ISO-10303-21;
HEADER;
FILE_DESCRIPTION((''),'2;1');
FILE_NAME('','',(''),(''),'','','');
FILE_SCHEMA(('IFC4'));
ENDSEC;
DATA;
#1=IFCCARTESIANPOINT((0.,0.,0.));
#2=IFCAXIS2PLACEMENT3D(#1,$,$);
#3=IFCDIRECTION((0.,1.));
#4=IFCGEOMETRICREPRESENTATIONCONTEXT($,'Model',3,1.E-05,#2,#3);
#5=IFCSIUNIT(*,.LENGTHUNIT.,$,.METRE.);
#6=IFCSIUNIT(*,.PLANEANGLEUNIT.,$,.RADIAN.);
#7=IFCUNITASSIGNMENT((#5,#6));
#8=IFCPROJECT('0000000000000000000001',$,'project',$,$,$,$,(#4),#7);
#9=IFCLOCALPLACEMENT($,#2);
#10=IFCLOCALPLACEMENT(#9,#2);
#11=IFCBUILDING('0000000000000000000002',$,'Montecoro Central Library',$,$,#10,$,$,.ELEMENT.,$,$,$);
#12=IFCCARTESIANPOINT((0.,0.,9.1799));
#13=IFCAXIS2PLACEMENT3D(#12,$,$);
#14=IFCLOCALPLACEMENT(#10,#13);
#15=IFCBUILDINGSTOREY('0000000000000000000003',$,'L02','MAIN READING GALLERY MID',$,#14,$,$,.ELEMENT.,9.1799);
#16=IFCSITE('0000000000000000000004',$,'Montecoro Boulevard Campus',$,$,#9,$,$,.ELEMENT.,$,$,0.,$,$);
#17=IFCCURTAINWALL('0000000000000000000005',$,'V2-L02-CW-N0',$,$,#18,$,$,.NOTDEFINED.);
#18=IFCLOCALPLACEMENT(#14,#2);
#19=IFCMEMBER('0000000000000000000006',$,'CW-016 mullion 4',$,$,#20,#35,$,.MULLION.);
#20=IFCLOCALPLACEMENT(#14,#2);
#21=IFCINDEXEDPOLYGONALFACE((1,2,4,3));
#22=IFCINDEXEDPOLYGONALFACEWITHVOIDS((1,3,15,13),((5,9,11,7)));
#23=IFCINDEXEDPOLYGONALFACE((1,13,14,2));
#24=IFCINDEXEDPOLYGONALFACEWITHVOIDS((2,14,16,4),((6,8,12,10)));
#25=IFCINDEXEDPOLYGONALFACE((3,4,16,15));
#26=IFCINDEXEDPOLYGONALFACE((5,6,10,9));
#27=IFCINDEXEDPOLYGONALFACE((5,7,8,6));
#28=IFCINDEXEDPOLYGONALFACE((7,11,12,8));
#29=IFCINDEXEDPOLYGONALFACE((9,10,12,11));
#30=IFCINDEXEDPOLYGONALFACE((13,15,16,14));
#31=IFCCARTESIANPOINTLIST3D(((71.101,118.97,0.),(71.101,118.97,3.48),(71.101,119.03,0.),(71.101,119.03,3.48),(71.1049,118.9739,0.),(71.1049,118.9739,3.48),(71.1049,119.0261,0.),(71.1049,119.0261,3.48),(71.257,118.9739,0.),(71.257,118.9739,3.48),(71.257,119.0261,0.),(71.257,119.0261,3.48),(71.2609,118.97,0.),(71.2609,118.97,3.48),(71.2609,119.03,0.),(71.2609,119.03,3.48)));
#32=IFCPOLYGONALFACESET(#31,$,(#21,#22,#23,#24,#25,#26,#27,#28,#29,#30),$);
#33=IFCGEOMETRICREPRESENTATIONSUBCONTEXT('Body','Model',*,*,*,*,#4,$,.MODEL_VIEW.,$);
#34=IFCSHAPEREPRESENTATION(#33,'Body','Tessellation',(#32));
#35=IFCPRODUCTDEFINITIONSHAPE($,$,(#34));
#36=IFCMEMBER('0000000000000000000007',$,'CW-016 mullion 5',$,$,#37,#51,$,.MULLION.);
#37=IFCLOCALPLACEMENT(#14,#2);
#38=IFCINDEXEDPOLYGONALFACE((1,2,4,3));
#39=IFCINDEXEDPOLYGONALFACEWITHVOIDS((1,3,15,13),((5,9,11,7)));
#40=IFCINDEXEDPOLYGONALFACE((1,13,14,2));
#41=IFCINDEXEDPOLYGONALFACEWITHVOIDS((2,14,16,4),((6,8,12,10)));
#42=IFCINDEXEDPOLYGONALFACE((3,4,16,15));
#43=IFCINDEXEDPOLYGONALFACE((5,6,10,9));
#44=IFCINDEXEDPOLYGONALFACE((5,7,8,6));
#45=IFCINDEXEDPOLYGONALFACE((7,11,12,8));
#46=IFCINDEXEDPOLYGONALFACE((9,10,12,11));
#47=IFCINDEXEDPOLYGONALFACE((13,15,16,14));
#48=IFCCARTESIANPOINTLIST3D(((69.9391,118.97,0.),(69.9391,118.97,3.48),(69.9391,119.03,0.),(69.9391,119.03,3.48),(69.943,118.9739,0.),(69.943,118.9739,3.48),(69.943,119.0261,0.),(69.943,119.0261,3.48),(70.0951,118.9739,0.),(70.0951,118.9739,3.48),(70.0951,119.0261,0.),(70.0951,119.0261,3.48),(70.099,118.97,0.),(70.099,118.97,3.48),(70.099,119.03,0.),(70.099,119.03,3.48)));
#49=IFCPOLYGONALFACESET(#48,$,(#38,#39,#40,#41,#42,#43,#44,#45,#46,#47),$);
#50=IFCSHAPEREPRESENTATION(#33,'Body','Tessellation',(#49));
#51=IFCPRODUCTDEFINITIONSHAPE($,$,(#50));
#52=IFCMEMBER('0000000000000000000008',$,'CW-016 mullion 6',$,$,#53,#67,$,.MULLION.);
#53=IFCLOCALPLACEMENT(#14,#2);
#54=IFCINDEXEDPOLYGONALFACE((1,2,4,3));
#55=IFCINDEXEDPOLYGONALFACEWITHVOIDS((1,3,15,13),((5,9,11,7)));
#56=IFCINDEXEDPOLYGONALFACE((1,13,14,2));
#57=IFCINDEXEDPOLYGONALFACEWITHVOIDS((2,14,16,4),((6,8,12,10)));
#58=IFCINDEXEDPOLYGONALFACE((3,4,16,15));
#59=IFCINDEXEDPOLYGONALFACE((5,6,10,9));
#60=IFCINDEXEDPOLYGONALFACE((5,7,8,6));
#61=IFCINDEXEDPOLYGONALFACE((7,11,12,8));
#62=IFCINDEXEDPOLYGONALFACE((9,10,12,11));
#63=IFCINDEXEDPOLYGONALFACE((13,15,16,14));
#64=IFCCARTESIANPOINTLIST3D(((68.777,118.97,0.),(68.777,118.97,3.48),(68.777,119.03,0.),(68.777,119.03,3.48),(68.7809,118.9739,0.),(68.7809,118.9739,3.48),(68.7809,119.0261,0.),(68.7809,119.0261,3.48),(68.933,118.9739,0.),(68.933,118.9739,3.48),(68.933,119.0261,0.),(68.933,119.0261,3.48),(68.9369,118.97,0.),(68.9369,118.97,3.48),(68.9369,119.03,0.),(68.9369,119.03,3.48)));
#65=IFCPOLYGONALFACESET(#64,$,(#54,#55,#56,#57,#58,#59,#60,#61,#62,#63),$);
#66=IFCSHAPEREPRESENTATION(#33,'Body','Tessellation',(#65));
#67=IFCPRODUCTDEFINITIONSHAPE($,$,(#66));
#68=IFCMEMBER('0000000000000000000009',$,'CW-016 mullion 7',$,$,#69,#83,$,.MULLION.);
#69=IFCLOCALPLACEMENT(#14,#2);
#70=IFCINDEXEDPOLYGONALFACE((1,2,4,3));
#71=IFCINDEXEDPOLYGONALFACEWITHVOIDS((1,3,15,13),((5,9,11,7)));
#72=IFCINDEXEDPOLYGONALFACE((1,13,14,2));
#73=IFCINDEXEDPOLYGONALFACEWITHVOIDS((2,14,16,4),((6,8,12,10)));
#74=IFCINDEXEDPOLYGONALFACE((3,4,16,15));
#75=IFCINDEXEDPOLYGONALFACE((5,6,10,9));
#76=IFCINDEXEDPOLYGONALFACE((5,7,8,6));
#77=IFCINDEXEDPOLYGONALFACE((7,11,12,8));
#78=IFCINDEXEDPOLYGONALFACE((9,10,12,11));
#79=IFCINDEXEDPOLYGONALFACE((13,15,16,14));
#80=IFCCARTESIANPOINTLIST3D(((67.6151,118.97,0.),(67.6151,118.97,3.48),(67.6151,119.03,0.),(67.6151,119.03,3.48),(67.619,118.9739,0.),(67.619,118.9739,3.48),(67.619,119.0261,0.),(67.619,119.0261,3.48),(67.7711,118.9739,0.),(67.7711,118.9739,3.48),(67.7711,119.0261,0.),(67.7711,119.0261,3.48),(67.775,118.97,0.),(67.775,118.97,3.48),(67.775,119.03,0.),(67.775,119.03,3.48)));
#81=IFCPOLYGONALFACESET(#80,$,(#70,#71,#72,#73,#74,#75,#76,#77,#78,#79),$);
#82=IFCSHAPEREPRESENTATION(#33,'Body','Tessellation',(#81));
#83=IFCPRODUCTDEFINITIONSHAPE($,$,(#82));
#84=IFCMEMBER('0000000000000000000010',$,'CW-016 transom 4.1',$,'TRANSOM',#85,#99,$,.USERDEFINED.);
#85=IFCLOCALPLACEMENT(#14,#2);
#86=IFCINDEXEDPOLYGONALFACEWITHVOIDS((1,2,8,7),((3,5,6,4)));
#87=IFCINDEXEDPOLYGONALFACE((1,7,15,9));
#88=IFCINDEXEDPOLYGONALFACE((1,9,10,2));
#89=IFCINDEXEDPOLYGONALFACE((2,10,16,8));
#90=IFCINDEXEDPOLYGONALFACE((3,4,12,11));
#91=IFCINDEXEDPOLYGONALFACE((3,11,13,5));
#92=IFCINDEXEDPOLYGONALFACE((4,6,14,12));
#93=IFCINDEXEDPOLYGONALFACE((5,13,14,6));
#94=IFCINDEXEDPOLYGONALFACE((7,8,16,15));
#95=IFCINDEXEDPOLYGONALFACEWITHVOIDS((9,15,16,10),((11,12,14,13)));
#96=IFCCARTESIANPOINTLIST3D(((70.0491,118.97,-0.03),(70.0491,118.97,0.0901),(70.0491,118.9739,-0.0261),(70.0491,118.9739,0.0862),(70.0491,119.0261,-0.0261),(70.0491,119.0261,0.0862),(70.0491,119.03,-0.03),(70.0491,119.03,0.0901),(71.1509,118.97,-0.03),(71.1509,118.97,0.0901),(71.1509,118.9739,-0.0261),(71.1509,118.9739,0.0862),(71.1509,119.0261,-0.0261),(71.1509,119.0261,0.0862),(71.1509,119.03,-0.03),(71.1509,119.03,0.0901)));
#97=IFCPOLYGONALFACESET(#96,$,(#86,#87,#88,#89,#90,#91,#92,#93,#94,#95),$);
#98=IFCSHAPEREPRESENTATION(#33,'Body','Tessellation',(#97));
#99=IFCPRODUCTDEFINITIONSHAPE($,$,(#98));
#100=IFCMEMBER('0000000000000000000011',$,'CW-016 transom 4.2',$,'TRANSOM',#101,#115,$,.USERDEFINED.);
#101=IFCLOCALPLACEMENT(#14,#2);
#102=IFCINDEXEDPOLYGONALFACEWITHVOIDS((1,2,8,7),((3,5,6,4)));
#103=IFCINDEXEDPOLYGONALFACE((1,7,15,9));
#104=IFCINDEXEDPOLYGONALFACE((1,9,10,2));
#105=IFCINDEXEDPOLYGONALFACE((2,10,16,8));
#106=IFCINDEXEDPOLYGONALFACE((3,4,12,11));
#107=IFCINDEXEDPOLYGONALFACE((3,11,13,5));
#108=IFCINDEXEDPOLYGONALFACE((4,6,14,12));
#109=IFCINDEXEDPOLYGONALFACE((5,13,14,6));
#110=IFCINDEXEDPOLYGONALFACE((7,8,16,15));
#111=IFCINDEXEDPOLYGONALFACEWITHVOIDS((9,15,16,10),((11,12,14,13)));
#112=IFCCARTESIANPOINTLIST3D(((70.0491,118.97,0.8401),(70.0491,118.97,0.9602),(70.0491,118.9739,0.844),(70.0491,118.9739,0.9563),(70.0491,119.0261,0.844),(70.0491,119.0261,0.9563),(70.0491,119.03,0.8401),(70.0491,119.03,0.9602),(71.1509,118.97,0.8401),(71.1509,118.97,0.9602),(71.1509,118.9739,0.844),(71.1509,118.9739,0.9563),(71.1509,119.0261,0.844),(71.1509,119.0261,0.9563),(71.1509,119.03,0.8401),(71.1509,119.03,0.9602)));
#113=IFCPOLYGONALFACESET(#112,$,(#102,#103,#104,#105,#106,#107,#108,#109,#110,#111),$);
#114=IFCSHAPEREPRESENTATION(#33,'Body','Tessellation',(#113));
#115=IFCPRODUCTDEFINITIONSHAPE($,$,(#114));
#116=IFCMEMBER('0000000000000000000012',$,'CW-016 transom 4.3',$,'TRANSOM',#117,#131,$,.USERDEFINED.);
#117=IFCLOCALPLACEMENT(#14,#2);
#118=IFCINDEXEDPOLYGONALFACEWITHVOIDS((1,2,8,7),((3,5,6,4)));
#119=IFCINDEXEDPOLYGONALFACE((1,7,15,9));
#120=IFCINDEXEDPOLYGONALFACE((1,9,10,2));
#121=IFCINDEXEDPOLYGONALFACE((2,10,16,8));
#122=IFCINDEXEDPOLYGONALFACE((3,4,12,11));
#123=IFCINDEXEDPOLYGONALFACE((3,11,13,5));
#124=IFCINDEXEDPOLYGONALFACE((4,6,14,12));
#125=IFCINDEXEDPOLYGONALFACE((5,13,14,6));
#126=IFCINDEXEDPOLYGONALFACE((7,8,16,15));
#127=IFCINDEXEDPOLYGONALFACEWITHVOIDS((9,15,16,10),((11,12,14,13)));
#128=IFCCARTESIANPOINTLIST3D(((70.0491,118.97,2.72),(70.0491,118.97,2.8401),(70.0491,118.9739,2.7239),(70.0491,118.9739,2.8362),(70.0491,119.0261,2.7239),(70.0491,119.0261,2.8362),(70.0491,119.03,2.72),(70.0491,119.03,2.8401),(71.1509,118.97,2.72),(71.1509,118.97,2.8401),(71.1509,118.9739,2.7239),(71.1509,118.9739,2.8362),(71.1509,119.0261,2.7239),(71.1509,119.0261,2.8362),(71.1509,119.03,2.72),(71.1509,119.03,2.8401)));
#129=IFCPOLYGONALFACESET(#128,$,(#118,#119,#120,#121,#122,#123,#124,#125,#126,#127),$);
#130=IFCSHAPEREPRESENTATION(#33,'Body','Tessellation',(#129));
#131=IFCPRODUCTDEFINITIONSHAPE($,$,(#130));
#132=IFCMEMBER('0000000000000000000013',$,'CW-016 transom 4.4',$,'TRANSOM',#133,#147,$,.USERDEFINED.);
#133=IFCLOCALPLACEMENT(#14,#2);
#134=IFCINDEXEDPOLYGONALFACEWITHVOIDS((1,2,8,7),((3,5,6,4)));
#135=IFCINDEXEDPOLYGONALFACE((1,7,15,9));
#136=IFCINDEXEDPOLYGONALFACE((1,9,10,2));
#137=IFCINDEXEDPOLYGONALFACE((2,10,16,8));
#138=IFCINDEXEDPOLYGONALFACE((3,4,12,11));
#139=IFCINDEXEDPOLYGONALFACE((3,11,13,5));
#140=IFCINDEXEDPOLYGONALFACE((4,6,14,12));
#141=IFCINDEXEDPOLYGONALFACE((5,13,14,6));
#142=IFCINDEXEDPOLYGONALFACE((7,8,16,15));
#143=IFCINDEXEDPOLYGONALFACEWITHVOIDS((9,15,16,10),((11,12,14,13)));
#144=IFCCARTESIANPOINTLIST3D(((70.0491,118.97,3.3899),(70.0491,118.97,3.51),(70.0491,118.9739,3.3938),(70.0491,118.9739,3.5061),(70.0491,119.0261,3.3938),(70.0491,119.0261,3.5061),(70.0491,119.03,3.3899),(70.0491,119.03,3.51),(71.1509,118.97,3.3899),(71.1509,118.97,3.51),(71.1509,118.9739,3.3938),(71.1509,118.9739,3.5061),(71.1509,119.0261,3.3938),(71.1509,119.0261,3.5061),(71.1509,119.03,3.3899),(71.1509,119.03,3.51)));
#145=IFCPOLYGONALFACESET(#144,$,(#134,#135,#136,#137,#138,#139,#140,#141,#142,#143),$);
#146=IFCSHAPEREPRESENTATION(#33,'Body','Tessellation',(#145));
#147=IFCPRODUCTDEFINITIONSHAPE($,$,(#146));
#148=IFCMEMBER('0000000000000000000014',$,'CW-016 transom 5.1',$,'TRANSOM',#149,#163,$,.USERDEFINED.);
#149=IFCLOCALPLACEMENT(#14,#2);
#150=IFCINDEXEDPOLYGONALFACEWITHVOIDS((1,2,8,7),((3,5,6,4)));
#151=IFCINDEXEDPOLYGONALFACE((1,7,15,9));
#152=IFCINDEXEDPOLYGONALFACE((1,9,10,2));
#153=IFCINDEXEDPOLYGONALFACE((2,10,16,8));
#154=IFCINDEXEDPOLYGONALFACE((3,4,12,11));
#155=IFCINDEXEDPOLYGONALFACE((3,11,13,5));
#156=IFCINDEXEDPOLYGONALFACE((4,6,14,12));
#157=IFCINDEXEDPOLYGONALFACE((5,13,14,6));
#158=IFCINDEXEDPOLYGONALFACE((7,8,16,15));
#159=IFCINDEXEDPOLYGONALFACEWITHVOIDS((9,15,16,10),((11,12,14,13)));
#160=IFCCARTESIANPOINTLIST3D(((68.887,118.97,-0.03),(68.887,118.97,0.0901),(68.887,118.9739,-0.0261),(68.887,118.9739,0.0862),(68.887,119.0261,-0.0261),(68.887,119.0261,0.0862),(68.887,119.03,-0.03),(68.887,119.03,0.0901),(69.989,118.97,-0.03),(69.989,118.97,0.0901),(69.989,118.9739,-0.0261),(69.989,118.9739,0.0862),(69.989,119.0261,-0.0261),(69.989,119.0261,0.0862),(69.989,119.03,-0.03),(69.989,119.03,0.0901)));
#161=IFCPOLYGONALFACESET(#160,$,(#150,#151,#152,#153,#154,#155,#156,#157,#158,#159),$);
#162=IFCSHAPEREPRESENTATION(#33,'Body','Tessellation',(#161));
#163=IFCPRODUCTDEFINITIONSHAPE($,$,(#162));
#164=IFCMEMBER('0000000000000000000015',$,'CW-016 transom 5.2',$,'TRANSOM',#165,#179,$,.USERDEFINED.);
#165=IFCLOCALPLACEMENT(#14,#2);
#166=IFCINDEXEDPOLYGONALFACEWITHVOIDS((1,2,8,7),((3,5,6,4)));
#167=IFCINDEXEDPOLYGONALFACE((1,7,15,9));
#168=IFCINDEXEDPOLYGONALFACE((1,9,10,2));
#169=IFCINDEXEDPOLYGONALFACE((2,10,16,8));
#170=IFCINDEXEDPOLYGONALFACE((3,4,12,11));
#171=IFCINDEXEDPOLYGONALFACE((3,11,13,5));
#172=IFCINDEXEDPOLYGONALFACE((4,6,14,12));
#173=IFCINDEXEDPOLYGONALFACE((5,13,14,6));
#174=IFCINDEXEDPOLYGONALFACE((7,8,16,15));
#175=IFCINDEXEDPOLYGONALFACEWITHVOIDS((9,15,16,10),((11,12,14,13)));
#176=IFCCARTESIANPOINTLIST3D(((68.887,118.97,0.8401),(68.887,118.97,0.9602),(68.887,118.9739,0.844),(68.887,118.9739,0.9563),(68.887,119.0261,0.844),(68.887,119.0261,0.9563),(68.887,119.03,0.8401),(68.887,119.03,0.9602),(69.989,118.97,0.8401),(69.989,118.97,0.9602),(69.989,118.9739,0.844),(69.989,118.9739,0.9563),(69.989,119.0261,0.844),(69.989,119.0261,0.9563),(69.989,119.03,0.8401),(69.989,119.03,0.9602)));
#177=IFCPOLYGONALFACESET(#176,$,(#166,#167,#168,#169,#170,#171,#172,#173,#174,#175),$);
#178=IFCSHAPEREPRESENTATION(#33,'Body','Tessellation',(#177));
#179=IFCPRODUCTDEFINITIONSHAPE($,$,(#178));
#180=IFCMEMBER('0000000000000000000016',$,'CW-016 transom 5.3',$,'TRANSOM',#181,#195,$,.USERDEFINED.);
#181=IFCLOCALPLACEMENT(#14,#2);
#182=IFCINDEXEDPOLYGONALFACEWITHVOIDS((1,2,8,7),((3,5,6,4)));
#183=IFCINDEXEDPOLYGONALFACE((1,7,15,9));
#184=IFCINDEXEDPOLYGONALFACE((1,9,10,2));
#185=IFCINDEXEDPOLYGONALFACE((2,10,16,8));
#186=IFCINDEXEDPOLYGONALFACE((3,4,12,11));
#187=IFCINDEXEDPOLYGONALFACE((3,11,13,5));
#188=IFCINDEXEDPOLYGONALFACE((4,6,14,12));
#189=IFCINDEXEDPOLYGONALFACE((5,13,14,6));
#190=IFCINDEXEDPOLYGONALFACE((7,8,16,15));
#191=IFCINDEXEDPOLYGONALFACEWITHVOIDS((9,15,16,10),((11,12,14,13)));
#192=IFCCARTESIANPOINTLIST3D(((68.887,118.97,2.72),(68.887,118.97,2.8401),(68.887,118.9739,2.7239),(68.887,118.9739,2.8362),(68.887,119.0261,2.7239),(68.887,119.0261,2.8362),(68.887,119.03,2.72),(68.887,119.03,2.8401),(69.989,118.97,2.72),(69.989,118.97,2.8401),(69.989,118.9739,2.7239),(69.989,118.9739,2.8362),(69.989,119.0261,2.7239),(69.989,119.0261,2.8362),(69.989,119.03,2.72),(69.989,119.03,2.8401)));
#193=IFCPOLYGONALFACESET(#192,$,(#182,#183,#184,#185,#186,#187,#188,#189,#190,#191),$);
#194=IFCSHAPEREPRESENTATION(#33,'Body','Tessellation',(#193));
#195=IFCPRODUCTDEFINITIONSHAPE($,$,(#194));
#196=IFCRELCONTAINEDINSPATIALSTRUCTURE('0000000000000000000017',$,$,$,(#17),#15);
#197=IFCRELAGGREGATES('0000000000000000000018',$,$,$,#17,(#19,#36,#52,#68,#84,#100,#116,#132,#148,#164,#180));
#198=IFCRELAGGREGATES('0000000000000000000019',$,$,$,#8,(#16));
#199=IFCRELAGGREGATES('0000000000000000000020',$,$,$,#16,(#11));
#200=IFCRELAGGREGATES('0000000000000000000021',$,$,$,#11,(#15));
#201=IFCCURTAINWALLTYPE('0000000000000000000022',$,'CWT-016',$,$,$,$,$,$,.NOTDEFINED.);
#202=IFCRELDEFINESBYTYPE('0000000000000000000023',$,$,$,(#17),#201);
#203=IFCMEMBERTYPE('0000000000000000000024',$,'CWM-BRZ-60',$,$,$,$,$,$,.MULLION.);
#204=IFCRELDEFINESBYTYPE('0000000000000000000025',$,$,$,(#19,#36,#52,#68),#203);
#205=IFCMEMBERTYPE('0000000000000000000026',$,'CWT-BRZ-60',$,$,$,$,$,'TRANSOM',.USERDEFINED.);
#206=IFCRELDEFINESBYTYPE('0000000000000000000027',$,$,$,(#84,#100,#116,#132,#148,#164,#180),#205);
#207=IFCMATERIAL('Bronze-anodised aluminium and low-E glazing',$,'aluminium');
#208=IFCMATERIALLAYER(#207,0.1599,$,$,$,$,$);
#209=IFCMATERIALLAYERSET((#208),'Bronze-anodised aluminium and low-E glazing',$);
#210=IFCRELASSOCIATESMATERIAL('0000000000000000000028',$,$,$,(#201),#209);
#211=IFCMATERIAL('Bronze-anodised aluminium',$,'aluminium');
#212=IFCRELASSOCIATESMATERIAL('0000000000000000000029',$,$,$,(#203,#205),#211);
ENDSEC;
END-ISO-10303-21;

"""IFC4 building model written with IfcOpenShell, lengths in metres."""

from ifc_helpers import new_model, si_unit, direction, frame, origin, origin_2d, place, context, subcontext, project, spatial, hollow_rectangle, extrude, material, layer, layer_set, material_profile, profile_set, type_object, element, aggregate, save


model = new_model("IFC4")

# Units and contexts
model_context = context("Model", 3, precision=1e-05, world=origin(), true_north=direction((0.0, 1.0)))
body_context = subcontext(model_context, "Body", "Model", "MODEL_VIEW")
ifc_project = project(units=[si_unit("LENGTHUNIT", "METRE"), si_unit("PLANEANGLEUNIT", "RADIAN")], contexts=[model_context])

# Site, building, storey
site_placement = place(None, origin())
site = spatial("IfcSite", under=ifc_project, at=site_placement, Name="Montecoro Boulevard Campus", CompositionType="ELEMENT", RefElevation=0.0)
building_placement = place(site_placement, origin())
building = spatial("IfcBuilding", under=site, at=building_placement, Name="Montecoro Central Library", CompositionType="ELEMENT")
storey_placement = place(building_placement, frame((0.0, 0.0, 9.1799)))
storey = spatial("IfcBuildingStorey", under=building, at=storey_placement, Name="L02", Description="MAIN READING GALLERY MID", CompositionType="ELEMENT", Elevation=9.1799)

# Curtain wall, members
ifc_material_1 = material(Name="Bronze-anodised aluminium and low-E glazing", Category="aluminium")
ifc_layer_1 = layer(ifc_material_1, 0.1599)
ifc_layer_set_1 = layer_set([ifc_layer_1], Name="Bronze-anodised aluminium and low-E glazing")
curtain_wall_type = type_object("IfcCurtainWallType", Name="CWT-016", PredefinedType="NOTDEFINED", material=ifc_layer_set_1)
curtain_wall_placement = place(storey_placement, origin())
curtain_wall = element("IfcCurtainWall", 1, at=curtain_wall_placement, inside=storey, type_object=curtain_wall_type, Name="V2-L02-CW-N0", PredefinedType="NOTDEFINED")
ifc_material_2 = material(Name="Bronze-anodised aluminium", Category="aluminium")
ifc_material_profile_1 = material_profile(ifc_material_2, hollow_rectangle(XDim=0.0601, YDim=0.1599, WallThickness=0.0039, at=origin_2d()), Name="CWM 160x60x4.0")
ifc_profile_set_1 = profile_set([ifc_material_profile_1], Name="Bronze-anodised aluminium")
member_type_1 = type_object("IfcMemberType", Name="CWM-BRZ-60", PredefinedType="MULLION", material=ifc_profile_set_1)
member_1_placement = place(storey_placement, frame((71.1809, 119.0, 0.0), z_axis=(0.0, 0.0, 1.0), x_axis=(0.0, -1.0, 0.0)))
member_1 = element("IfcMember", 2, at=member_1_placement, type_object=member_type_1, Name="CW-016 mullion 4", PredefinedType="MULLION", context=body_context, shape_type="SweptSolid", body=[
    extrude(hollow_rectangle(XDim=0.0601, YDim=0.1599, WallThickness=0.0039, at=origin_2d()), origin(), (0.0, 0.0, 1.0), 3.48),
])
member_2_placement = place(storey_placement, frame((70.019, 119.0, 0.0), z_axis=(0.0, 0.0, 1.0), x_axis=(0.0, -1.0, 0.0)))
member_2 = element("IfcMember", 3, at=member_2_placement, type_object=member_type_1, Name="CW-016 mullion 5", PredefinedType="MULLION", context=body_context, shape_type="SweptSolid", body=[
    extrude(hollow_rectangle(XDim=0.0601, YDim=0.1599, WallThickness=0.0039, at=origin_2d()), origin(), (0.0, 0.0, 1.0), 3.48),
])
member_3_placement = place(storey_placement, frame((68.8569, 119.0, 0.0), z_axis=(0.0, 0.0, 1.0), x_axis=(0.0, -1.0, 0.0)))
member_3 = element("IfcMember", 4, at=member_3_placement, type_object=member_type_1, Name="CW-016 mullion 6", PredefinedType="MULLION", context=body_context, shape_type="SweptSolid", body=[
    extrude(hollow_rectangle(XDim=0.0601, YDim=0.1599, WallThickness=0.0039, at=origin_2d()), origin(), (0.0, 0.0, 1.0), 3.48),
])
member_4_placement = place(storey_placement, frame((67.6951, 119.0, 0.0), z_axis=(0.0, 0.0, 1.0), x_axis=(0.0, -1.0, 0.0)))
member_4 = element("IfcMember", 5, at=member_4_placement, type_object=member_type_1, Name="CW-016 mullion 7", PredefinedType="MULLION", context=body_context, shape_type="SweptSolid", body=[
    extrude(hollow_rectangle(XDim=0.0601, YDim=0.1599, WallThickness=0.0039, at=origin_2d()), origin(), (0.0, 0.0, 1.0), 3.48),
])
ifc_material_profile_2 = material_profile(ifc_material_2, hollow_rectangle(XDim=0.0601, YDim=0.1201, WallThickness=0.0039, at=origin_2d()), Name="CWT 120x60x4.0")
ifc_profile_set_2 = profile_set([ifc_material_profile_2], Name="Bronze-anodised aluminium")
member_type_2 = type_object("IfcMemberType", Name="CWT-BRZ-60", ElementType="TRANSOM", PredefinedType="USERDEFINED", material=ifc_profile_set_2)
member_5_placement = place(storey_placement, frame((71.1509, 119.0, 0.03), z_axis=(-1.0, 0.0, 0.0), x_axis=(0.0, -1.0, 0.0)))
member_5 = element("IfcMember", 6, at=member_5_placement, type_object=member_type_2, Name="CW-016 transom 4.1", ObjectType="TRANSOM", PredefinedType="USERDEFINED", context=body_context, shape_type="SweptSolid", body=[
    extrude(hollow_rectangle(XDim=0.0601, YDim=0.1201, WallThickness=0.0039, at=origin_2d()), origin(), (0.0, 0.0, 1.0), 1.1018),
])
member_6_placement = place(storey_placement, frame((71.1509, 119.0, 0.9001), z_axis=(-1.0, 0.0, 0.0), x_axis=(0.0, -1.0, 0.0)))
member_6 = element("IfcMember", 7, at=member_6_placement, type_object=member_type_2, Name="CW-016 transom 4.2", ObjectType="TRANSOM", PredefinedType="USERDEFINED", context=body_context, shape_type="SweptSolid", body=[
    extrude(hollow_rectangle(XDim=0.0601, YDim=0.1201, WallThickness=0.0039, at=origin_2d()), origin(), (0.0, 0.0, 1.0), 1.1018),
])
member_7_placement = place(storey_placement, frame((71.1509, 119.0, 2.78), z_axis=(-1.0, 0.0, 0.0), x_axis=(0.0, -1.0, 0.0)))
member_7 = element("IfcMember", 8, at=member_7_placement, type_object=member_type_2, Name="CW-016 transom 4.3", ObjectType="TRANSOM", PredefinedType="USERDEFINED", context=body_context, shape_type="SweptSolid", body=[
    extrude(hollow_rectangle(XDim=0.0601, YDim=0.1201, WallThickness=0.0039, at=origin_2d()), origin(), (0.0, 0.0, 1.0), 1.1018),
])
member_8_placement = place(storey_placement, frame((71.1509, 119.0, 3.45), z_axis=(-1.0, 0.0, 0.0), x_axis=(0.0, -1.0, 0.0)))
member_8 = element("IfcMember", 9, at=member_8_placement, type_object=member_type_2, Name="CW-016 transom 4.4", ObjectType="TRANSOM", PredefinedType="USERDEFINED", context=body_context, shape_type="SweptSolid", body=[
    extrude(hollow_rectangle(XDim=0.0601, YDim=0.1201, WallThickness=0.0039, at=origin_2d()), origin(), (0.0, 0.0, 1.0), 1.1018),
])
member_9_placement = place(storey_placement, frame((69.989, 119.0, 0.03), z_axis=(-1.0, 0.0, 0.0), x_axis=(0.0, -1.0, 0.0)))
member_9 = element("IfcMember", 10, at=member_9_placement, type_object=member_type_2, Name="CW-016 transom 5.1", ObjectType="TRANSOM", PredefinedType="USERDEFINED", context=body_context, shape_type="SweptSolid", body=[
    extrude(hollow_rectangle(XDim=0.0601, YDim=0.1201, WallThickness=0.0039, at=origin_2d()), origin(), (0.0, 0.0, 1.0), 1.1021),
])
member_10_placement = place(storey_placement, frame((69.989, 119.0, 0.9001), z_axis=(-1.0, 0.0, 0.0), x_axis=(0.0, -1.0, 0.0)))
member_10 = element("IfcMember", 11, at=member_10_placement, type_object=member_type_2, Name="CW-016 transom 5.2", ObjectType="TRANSOM", PredefinedType="USERDEFINED", context=body_context, shape_type="SweptSolid", body=[
    extrude(hollow_rectangle(XDim=0.0601, YDim=0.1201, WallThickness=0.0039, at=origin_2d()), origin(), (0.0, 0.0, 1.0), 1.1021),
])
member_11_placement = place(storey_placement, frame((69.989, 119.0, 2.78), z_axis=(-1.0, 0.0, 0.0), x_axis=(0.0, -1.0, 0.0)))
member_11 = element("IfcMember", 12, at=member_11_placement, type_object=member_type_2, Name="CW-016 transom 5.3", ObjectType="TRANSOM", PredefinedType="USERDEFINED", context=body_context, shape_type="SweptSolid", body=[
    extrude(hollow_rectangle(XDim=0.0601, YDim=0.1201, WallThickness=0.0039, at=origin_2d()), origin(), (0.0, 0.0, 1.0), 1.1021),
])
aggregate(curtain_wall, [member_1, member_2, member_3, member_4, member_5, member_6, member_7, member_8, member_9, member_10, member_11])

save(model, "model.ifc")
